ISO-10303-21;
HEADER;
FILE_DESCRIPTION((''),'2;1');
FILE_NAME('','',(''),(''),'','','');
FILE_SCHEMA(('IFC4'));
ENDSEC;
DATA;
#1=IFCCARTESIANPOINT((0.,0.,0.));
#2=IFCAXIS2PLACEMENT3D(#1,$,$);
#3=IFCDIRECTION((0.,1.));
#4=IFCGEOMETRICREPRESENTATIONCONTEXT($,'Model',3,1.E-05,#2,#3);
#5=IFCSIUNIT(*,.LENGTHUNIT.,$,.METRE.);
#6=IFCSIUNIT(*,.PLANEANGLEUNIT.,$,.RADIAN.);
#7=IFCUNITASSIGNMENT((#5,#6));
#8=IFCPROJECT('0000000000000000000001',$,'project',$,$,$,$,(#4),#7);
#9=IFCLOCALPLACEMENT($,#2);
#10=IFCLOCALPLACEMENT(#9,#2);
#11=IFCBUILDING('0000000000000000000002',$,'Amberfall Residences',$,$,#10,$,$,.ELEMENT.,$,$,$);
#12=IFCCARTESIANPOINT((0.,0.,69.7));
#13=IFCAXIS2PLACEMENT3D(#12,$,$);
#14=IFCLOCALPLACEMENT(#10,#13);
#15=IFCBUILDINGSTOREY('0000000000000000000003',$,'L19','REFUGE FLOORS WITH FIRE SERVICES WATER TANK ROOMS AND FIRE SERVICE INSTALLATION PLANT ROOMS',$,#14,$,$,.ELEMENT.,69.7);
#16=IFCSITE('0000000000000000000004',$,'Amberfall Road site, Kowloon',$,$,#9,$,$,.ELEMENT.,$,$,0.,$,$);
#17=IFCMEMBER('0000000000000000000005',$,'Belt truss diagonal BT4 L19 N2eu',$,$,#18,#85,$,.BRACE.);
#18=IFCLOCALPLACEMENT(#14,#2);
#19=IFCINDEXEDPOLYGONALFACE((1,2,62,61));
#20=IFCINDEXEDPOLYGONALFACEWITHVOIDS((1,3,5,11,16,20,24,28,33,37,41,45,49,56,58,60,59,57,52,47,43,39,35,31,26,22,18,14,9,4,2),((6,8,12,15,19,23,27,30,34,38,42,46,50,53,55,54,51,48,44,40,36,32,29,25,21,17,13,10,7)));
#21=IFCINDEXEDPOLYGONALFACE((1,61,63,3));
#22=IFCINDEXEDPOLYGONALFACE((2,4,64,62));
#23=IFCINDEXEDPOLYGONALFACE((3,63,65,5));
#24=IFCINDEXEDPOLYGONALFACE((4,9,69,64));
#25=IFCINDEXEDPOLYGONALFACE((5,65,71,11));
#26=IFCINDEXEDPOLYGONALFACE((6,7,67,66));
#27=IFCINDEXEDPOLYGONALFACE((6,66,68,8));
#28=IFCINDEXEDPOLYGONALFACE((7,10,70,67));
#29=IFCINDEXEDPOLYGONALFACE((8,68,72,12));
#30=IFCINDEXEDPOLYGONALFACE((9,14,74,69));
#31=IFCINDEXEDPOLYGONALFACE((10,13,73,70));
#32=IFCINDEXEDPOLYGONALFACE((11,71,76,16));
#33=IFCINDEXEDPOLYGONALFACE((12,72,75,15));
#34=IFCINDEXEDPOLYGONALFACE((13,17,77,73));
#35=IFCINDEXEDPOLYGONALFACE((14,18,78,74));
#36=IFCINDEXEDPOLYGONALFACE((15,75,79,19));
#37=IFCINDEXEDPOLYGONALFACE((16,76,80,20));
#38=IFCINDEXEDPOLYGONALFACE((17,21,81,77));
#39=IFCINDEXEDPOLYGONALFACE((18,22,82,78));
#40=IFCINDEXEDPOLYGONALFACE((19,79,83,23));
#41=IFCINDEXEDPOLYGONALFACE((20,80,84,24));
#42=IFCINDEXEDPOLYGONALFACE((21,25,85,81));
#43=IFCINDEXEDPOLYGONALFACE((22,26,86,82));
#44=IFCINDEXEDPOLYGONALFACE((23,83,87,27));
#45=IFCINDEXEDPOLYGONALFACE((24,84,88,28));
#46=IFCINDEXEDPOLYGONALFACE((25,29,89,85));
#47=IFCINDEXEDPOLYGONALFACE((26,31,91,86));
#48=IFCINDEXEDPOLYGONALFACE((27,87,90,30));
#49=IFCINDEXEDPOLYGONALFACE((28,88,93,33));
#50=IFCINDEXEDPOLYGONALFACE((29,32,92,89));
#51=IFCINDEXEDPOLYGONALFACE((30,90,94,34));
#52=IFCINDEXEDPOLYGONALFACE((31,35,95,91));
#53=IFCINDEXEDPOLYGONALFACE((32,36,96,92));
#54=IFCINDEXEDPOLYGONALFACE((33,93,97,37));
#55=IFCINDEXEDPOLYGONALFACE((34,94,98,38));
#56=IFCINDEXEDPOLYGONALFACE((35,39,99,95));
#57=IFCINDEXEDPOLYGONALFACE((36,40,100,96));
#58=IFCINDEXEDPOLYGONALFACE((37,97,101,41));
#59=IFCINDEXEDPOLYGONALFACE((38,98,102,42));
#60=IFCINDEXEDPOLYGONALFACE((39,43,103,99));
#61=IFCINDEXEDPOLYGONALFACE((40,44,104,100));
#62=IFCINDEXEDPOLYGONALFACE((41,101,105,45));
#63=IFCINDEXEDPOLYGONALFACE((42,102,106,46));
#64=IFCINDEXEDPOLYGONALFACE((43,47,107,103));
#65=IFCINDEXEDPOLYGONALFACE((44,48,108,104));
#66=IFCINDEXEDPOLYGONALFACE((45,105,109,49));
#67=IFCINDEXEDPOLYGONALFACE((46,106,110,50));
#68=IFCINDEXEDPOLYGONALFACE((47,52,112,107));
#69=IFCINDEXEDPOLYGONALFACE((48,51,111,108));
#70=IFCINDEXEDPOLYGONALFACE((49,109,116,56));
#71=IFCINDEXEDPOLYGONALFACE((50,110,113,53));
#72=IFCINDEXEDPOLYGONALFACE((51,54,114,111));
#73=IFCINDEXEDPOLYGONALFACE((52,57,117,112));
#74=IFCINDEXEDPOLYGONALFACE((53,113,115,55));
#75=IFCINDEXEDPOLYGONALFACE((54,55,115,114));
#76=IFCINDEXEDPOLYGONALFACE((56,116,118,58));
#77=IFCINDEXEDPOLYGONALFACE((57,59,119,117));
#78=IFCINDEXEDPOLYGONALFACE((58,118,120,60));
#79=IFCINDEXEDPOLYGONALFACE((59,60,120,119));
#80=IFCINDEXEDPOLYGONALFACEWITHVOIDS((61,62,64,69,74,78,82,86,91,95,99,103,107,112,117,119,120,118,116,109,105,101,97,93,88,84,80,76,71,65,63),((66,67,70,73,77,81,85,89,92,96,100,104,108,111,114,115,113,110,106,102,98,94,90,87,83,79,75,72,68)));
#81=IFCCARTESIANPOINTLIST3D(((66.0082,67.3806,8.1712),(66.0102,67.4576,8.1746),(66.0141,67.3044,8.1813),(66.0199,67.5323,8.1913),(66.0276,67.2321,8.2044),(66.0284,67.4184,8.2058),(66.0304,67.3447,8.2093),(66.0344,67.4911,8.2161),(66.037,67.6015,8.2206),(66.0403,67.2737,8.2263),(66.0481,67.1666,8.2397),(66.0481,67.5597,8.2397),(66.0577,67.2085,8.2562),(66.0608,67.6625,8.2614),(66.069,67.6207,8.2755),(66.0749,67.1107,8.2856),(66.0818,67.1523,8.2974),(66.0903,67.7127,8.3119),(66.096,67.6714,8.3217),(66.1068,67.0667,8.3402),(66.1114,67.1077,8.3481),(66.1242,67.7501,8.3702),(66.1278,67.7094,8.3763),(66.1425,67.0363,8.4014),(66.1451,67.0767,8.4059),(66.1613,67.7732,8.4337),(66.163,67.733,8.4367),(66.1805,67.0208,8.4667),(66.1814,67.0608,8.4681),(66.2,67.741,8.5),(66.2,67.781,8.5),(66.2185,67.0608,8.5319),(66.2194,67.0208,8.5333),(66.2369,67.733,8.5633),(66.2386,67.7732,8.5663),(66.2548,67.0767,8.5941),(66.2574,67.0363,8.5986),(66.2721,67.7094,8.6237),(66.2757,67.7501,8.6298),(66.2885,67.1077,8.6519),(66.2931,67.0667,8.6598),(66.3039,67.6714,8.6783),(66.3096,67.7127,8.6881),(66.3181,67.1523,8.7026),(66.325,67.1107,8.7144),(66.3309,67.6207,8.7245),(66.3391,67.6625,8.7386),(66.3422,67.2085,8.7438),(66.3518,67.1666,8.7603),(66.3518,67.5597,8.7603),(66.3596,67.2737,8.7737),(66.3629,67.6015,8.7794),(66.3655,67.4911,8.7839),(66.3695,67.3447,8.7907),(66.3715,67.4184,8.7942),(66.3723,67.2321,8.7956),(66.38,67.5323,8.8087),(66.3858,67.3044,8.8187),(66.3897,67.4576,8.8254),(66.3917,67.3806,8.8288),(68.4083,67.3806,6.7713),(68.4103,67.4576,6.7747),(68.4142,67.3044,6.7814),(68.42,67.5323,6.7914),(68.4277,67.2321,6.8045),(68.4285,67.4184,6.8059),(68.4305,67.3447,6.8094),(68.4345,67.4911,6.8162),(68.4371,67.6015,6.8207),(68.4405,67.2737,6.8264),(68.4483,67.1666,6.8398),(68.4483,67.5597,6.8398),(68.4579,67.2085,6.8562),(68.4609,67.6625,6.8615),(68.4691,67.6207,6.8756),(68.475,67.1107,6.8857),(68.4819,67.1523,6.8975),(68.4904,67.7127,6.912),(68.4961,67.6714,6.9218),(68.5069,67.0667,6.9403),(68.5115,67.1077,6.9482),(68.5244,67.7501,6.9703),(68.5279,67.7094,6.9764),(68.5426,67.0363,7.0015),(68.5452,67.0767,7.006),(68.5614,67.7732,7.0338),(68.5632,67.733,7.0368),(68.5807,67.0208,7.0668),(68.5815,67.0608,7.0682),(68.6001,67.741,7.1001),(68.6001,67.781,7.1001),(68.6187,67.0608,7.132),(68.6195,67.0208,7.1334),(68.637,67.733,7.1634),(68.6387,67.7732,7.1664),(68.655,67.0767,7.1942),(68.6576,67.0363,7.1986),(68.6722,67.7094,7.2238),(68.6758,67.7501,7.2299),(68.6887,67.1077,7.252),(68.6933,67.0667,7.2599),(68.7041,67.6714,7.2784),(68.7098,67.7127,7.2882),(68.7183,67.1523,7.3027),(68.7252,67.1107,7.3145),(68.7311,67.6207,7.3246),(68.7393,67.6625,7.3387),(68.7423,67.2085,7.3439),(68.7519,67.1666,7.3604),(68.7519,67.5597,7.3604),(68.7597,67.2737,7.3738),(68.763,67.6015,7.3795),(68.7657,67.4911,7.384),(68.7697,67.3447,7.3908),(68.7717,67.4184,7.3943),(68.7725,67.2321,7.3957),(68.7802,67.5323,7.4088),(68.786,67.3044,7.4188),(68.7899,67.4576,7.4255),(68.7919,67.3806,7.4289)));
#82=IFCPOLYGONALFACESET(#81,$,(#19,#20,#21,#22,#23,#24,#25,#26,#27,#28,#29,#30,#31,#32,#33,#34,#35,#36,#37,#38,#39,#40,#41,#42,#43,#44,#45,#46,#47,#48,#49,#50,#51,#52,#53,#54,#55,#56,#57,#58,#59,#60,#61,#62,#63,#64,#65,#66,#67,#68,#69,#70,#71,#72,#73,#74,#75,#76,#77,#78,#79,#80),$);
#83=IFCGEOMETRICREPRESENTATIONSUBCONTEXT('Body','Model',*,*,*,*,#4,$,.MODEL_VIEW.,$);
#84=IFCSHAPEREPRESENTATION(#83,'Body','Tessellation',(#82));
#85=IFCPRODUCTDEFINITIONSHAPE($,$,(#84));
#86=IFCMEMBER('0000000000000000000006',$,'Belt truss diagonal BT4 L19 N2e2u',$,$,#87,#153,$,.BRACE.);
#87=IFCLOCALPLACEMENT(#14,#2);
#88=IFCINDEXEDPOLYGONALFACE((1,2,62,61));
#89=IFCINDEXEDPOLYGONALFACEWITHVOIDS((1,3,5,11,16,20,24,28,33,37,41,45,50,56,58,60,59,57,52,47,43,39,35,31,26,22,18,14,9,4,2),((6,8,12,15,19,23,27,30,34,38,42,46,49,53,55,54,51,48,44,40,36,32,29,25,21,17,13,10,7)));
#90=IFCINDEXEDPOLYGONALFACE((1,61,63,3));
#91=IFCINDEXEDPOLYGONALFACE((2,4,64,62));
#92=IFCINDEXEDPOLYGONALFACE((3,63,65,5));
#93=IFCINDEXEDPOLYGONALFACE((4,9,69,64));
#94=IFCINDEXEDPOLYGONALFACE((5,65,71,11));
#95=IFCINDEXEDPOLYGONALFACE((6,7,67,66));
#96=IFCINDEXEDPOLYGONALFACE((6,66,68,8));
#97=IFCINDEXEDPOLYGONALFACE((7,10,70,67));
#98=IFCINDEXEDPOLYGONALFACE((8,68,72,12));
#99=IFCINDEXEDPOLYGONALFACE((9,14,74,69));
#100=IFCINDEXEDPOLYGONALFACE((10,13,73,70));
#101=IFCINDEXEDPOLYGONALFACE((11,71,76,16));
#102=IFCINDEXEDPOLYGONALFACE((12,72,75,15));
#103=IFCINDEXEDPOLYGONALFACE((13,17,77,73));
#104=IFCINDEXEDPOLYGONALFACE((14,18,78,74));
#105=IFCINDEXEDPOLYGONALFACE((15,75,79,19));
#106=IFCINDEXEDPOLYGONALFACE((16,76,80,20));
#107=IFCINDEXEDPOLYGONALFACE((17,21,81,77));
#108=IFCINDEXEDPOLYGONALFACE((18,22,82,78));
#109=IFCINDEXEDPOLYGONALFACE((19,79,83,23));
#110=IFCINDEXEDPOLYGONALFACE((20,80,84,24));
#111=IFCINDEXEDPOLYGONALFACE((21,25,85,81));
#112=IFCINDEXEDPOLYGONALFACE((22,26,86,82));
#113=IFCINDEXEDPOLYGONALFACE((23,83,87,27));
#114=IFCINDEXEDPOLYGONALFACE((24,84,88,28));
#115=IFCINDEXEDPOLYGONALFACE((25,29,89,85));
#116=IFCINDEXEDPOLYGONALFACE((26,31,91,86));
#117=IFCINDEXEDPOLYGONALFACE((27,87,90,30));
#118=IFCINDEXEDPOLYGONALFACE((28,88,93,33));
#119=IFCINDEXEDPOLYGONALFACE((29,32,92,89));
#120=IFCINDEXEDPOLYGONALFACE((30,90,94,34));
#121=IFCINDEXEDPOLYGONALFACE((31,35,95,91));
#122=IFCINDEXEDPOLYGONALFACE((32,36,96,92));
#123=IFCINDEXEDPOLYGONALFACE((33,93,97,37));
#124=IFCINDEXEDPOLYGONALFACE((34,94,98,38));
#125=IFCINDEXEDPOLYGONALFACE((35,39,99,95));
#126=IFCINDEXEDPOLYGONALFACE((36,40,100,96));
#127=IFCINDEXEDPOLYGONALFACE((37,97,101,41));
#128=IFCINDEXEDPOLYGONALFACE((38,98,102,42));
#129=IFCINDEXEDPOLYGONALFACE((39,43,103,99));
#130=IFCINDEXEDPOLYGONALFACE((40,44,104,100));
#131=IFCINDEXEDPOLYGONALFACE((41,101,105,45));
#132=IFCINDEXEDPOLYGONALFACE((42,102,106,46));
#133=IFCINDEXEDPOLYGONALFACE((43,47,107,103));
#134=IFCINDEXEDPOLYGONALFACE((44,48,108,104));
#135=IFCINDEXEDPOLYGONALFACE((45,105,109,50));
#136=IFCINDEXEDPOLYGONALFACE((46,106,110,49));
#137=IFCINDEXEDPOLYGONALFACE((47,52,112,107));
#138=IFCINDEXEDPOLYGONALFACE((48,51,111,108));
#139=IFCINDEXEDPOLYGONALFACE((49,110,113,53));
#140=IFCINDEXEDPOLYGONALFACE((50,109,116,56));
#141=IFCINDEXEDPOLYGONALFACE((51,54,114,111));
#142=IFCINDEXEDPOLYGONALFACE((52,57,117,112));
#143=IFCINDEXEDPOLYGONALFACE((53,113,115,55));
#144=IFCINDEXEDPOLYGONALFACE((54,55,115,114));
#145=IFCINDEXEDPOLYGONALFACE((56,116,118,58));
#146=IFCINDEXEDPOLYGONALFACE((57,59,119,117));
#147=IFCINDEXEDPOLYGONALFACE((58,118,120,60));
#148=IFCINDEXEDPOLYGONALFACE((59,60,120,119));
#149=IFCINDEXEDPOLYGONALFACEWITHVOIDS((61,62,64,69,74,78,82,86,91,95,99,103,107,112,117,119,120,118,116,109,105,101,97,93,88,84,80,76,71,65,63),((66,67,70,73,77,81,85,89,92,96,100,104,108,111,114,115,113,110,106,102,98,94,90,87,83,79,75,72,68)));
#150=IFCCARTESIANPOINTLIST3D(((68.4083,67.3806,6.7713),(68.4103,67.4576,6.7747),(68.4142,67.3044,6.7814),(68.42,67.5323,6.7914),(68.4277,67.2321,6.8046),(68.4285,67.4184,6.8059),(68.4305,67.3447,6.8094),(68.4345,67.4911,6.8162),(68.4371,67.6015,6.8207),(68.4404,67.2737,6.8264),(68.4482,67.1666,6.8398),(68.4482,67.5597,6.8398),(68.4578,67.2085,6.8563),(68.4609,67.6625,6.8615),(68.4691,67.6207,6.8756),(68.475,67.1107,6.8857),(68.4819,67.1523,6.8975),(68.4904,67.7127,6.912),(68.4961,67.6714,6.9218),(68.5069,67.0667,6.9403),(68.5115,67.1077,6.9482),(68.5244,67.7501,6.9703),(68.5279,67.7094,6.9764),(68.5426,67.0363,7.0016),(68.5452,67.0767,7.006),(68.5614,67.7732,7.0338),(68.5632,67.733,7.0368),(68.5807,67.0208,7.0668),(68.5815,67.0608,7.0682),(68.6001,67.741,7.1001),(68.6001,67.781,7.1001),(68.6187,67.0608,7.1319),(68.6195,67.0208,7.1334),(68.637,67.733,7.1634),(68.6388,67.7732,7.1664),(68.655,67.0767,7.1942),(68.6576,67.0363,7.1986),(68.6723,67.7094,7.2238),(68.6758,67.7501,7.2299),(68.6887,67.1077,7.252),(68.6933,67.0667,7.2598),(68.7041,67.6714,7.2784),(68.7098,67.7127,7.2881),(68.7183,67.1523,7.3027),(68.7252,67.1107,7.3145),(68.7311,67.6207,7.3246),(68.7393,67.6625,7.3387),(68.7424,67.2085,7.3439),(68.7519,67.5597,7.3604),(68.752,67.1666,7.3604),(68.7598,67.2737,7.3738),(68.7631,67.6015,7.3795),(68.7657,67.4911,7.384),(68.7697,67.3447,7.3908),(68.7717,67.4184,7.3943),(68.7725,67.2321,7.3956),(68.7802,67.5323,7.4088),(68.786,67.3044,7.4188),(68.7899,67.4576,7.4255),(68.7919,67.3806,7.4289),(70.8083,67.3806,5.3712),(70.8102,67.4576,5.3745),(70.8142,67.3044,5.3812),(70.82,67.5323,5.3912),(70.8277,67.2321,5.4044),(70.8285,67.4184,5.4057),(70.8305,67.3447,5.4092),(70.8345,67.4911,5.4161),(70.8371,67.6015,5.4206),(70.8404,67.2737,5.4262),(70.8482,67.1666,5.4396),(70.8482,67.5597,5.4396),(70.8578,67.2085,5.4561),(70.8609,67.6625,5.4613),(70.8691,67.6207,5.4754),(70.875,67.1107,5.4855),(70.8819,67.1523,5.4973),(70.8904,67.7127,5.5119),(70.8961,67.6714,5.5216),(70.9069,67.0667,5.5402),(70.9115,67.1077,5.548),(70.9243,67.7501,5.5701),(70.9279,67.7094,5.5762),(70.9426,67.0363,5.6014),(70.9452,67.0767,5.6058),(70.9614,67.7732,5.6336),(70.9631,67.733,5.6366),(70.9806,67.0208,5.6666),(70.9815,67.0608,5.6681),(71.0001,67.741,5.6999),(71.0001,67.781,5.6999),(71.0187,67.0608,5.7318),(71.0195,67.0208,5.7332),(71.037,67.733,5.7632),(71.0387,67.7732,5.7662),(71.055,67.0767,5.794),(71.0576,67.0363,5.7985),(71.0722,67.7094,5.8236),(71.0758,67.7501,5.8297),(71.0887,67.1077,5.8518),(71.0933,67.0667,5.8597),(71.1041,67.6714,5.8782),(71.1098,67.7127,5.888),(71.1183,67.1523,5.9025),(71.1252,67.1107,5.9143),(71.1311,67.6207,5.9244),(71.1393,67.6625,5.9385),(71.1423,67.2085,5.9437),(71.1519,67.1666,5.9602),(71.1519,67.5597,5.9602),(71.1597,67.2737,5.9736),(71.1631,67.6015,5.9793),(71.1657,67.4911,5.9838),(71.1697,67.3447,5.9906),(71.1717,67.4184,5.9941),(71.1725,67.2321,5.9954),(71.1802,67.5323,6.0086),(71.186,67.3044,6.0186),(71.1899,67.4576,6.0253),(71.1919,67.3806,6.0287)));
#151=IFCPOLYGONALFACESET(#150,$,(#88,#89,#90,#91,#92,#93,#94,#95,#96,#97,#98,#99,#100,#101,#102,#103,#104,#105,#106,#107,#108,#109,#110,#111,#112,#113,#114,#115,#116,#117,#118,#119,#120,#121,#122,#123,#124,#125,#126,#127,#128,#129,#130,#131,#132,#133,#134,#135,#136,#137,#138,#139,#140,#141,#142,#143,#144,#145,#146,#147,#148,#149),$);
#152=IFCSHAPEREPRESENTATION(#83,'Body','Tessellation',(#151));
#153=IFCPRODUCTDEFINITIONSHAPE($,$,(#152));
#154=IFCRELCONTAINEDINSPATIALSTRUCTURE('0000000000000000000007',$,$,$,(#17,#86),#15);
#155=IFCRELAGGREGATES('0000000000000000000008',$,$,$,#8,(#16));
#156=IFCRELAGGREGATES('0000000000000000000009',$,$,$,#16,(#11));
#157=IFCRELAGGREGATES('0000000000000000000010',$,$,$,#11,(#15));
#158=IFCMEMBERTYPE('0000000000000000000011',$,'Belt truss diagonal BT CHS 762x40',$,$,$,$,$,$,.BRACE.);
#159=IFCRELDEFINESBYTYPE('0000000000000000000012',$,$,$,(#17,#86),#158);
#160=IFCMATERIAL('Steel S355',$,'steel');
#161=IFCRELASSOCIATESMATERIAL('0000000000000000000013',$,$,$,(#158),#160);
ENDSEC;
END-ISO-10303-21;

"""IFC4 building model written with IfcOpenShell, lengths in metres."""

from ifc_helpers import new_model, si_unit, direction, frame, origin, origin_2d, place, context, subcontext, project, spatial, hollow_circle, extrude, material, material_profile, profile_set, type_object, element, save


model = new_model("IFC4")

# Units and contexts
model_context = context("Model", 3, precision=1e-05, world=origin(), true_north=direction((0.0, 1.0)))
body_context = subcontext(model_context, "Body", "Model", "MODEL_VIEW")
ifc_project = project(units=[si_unit("LENGTHUNIT", "METRE"), si_unit("PLANEANGLEUNIT", "RADIAN")], contexts=[model_context])

# Site, building, storey
site_placement = place(None, origin())
site = spatial("IfcSite", under=ifc_project, at=site_placement, Name="Amberfall Road site, Kowloon", CompositionType="ELEMENT", RefElevation=0.0)
building_placement = place(site_placement, origin())
building = spatial("IfcBuilding", under=site, at=building_placement, Name="Amberfall Residences", CompositionType="ELEMENT")
storey_placement = place(building_placement, frame((0.0, 0.0, 69.7)))
storey = spatial("IfcBuildingStorey", under=building, at=storey_placement, Name="L19", Description="REFUGE FLOORS WITH FIRE SERVICES WATER TANK ROOMS AND FIRE SERVICE INSTALLATION PLANT ROOMS", CompositionType="ELEMENT", Elevation=69.7)

# Shared definitions
ifc_material_1 = material(Name="Steel S355", Category="steel")

# Members
ifc_material_profile_1 = material_profile(ifc_material_1, hollow_circle(Radius=0.3811, WallThickness=0.04, at=origin_2d()), Name="CHS 762x40")
ifc_profile_set_1 = profile_set([ifc_material_profile_1], Name="Steel S355")
member_type = type_object("IfcMemberType", Name="Belt truss diagonal BT CHS 762x40", PredefinedType="BRACE", material=ifc_profile_set_1)
for number, where, z_axis, x_axis, name in (
    (1, (66.2, 67.3999, 8.5), (0.863808, 0.0, -0.503822), (0.0, 1.0, 0.0), "Belt truss diagonal BT4 L19 N2eu"),
    (2, (68.6001, 67.3999, 7.1001), (0.863747, 0.0, -0.503926), (0.0, 1.0, 0.0), "Belt truss diagonal BT4 L19 N2e2u"),
):
    element("IfcMember", number, at=place(storey_placement, frame(where, z_axis=z_axis, x_axis=x_axis)), inside=storey, type_object=member_type, Name=name, PredefinedType="BRACE", context=body_context, shape_type="SweptSolid", body=[
        extrude(hollow_circle(Radius=0.3811, WallThickness=0.04, at=origin_2d()), origin(), (0.0, 0.0, 1.0), 2.7786),
    ])

save(model, "model.ifc")
